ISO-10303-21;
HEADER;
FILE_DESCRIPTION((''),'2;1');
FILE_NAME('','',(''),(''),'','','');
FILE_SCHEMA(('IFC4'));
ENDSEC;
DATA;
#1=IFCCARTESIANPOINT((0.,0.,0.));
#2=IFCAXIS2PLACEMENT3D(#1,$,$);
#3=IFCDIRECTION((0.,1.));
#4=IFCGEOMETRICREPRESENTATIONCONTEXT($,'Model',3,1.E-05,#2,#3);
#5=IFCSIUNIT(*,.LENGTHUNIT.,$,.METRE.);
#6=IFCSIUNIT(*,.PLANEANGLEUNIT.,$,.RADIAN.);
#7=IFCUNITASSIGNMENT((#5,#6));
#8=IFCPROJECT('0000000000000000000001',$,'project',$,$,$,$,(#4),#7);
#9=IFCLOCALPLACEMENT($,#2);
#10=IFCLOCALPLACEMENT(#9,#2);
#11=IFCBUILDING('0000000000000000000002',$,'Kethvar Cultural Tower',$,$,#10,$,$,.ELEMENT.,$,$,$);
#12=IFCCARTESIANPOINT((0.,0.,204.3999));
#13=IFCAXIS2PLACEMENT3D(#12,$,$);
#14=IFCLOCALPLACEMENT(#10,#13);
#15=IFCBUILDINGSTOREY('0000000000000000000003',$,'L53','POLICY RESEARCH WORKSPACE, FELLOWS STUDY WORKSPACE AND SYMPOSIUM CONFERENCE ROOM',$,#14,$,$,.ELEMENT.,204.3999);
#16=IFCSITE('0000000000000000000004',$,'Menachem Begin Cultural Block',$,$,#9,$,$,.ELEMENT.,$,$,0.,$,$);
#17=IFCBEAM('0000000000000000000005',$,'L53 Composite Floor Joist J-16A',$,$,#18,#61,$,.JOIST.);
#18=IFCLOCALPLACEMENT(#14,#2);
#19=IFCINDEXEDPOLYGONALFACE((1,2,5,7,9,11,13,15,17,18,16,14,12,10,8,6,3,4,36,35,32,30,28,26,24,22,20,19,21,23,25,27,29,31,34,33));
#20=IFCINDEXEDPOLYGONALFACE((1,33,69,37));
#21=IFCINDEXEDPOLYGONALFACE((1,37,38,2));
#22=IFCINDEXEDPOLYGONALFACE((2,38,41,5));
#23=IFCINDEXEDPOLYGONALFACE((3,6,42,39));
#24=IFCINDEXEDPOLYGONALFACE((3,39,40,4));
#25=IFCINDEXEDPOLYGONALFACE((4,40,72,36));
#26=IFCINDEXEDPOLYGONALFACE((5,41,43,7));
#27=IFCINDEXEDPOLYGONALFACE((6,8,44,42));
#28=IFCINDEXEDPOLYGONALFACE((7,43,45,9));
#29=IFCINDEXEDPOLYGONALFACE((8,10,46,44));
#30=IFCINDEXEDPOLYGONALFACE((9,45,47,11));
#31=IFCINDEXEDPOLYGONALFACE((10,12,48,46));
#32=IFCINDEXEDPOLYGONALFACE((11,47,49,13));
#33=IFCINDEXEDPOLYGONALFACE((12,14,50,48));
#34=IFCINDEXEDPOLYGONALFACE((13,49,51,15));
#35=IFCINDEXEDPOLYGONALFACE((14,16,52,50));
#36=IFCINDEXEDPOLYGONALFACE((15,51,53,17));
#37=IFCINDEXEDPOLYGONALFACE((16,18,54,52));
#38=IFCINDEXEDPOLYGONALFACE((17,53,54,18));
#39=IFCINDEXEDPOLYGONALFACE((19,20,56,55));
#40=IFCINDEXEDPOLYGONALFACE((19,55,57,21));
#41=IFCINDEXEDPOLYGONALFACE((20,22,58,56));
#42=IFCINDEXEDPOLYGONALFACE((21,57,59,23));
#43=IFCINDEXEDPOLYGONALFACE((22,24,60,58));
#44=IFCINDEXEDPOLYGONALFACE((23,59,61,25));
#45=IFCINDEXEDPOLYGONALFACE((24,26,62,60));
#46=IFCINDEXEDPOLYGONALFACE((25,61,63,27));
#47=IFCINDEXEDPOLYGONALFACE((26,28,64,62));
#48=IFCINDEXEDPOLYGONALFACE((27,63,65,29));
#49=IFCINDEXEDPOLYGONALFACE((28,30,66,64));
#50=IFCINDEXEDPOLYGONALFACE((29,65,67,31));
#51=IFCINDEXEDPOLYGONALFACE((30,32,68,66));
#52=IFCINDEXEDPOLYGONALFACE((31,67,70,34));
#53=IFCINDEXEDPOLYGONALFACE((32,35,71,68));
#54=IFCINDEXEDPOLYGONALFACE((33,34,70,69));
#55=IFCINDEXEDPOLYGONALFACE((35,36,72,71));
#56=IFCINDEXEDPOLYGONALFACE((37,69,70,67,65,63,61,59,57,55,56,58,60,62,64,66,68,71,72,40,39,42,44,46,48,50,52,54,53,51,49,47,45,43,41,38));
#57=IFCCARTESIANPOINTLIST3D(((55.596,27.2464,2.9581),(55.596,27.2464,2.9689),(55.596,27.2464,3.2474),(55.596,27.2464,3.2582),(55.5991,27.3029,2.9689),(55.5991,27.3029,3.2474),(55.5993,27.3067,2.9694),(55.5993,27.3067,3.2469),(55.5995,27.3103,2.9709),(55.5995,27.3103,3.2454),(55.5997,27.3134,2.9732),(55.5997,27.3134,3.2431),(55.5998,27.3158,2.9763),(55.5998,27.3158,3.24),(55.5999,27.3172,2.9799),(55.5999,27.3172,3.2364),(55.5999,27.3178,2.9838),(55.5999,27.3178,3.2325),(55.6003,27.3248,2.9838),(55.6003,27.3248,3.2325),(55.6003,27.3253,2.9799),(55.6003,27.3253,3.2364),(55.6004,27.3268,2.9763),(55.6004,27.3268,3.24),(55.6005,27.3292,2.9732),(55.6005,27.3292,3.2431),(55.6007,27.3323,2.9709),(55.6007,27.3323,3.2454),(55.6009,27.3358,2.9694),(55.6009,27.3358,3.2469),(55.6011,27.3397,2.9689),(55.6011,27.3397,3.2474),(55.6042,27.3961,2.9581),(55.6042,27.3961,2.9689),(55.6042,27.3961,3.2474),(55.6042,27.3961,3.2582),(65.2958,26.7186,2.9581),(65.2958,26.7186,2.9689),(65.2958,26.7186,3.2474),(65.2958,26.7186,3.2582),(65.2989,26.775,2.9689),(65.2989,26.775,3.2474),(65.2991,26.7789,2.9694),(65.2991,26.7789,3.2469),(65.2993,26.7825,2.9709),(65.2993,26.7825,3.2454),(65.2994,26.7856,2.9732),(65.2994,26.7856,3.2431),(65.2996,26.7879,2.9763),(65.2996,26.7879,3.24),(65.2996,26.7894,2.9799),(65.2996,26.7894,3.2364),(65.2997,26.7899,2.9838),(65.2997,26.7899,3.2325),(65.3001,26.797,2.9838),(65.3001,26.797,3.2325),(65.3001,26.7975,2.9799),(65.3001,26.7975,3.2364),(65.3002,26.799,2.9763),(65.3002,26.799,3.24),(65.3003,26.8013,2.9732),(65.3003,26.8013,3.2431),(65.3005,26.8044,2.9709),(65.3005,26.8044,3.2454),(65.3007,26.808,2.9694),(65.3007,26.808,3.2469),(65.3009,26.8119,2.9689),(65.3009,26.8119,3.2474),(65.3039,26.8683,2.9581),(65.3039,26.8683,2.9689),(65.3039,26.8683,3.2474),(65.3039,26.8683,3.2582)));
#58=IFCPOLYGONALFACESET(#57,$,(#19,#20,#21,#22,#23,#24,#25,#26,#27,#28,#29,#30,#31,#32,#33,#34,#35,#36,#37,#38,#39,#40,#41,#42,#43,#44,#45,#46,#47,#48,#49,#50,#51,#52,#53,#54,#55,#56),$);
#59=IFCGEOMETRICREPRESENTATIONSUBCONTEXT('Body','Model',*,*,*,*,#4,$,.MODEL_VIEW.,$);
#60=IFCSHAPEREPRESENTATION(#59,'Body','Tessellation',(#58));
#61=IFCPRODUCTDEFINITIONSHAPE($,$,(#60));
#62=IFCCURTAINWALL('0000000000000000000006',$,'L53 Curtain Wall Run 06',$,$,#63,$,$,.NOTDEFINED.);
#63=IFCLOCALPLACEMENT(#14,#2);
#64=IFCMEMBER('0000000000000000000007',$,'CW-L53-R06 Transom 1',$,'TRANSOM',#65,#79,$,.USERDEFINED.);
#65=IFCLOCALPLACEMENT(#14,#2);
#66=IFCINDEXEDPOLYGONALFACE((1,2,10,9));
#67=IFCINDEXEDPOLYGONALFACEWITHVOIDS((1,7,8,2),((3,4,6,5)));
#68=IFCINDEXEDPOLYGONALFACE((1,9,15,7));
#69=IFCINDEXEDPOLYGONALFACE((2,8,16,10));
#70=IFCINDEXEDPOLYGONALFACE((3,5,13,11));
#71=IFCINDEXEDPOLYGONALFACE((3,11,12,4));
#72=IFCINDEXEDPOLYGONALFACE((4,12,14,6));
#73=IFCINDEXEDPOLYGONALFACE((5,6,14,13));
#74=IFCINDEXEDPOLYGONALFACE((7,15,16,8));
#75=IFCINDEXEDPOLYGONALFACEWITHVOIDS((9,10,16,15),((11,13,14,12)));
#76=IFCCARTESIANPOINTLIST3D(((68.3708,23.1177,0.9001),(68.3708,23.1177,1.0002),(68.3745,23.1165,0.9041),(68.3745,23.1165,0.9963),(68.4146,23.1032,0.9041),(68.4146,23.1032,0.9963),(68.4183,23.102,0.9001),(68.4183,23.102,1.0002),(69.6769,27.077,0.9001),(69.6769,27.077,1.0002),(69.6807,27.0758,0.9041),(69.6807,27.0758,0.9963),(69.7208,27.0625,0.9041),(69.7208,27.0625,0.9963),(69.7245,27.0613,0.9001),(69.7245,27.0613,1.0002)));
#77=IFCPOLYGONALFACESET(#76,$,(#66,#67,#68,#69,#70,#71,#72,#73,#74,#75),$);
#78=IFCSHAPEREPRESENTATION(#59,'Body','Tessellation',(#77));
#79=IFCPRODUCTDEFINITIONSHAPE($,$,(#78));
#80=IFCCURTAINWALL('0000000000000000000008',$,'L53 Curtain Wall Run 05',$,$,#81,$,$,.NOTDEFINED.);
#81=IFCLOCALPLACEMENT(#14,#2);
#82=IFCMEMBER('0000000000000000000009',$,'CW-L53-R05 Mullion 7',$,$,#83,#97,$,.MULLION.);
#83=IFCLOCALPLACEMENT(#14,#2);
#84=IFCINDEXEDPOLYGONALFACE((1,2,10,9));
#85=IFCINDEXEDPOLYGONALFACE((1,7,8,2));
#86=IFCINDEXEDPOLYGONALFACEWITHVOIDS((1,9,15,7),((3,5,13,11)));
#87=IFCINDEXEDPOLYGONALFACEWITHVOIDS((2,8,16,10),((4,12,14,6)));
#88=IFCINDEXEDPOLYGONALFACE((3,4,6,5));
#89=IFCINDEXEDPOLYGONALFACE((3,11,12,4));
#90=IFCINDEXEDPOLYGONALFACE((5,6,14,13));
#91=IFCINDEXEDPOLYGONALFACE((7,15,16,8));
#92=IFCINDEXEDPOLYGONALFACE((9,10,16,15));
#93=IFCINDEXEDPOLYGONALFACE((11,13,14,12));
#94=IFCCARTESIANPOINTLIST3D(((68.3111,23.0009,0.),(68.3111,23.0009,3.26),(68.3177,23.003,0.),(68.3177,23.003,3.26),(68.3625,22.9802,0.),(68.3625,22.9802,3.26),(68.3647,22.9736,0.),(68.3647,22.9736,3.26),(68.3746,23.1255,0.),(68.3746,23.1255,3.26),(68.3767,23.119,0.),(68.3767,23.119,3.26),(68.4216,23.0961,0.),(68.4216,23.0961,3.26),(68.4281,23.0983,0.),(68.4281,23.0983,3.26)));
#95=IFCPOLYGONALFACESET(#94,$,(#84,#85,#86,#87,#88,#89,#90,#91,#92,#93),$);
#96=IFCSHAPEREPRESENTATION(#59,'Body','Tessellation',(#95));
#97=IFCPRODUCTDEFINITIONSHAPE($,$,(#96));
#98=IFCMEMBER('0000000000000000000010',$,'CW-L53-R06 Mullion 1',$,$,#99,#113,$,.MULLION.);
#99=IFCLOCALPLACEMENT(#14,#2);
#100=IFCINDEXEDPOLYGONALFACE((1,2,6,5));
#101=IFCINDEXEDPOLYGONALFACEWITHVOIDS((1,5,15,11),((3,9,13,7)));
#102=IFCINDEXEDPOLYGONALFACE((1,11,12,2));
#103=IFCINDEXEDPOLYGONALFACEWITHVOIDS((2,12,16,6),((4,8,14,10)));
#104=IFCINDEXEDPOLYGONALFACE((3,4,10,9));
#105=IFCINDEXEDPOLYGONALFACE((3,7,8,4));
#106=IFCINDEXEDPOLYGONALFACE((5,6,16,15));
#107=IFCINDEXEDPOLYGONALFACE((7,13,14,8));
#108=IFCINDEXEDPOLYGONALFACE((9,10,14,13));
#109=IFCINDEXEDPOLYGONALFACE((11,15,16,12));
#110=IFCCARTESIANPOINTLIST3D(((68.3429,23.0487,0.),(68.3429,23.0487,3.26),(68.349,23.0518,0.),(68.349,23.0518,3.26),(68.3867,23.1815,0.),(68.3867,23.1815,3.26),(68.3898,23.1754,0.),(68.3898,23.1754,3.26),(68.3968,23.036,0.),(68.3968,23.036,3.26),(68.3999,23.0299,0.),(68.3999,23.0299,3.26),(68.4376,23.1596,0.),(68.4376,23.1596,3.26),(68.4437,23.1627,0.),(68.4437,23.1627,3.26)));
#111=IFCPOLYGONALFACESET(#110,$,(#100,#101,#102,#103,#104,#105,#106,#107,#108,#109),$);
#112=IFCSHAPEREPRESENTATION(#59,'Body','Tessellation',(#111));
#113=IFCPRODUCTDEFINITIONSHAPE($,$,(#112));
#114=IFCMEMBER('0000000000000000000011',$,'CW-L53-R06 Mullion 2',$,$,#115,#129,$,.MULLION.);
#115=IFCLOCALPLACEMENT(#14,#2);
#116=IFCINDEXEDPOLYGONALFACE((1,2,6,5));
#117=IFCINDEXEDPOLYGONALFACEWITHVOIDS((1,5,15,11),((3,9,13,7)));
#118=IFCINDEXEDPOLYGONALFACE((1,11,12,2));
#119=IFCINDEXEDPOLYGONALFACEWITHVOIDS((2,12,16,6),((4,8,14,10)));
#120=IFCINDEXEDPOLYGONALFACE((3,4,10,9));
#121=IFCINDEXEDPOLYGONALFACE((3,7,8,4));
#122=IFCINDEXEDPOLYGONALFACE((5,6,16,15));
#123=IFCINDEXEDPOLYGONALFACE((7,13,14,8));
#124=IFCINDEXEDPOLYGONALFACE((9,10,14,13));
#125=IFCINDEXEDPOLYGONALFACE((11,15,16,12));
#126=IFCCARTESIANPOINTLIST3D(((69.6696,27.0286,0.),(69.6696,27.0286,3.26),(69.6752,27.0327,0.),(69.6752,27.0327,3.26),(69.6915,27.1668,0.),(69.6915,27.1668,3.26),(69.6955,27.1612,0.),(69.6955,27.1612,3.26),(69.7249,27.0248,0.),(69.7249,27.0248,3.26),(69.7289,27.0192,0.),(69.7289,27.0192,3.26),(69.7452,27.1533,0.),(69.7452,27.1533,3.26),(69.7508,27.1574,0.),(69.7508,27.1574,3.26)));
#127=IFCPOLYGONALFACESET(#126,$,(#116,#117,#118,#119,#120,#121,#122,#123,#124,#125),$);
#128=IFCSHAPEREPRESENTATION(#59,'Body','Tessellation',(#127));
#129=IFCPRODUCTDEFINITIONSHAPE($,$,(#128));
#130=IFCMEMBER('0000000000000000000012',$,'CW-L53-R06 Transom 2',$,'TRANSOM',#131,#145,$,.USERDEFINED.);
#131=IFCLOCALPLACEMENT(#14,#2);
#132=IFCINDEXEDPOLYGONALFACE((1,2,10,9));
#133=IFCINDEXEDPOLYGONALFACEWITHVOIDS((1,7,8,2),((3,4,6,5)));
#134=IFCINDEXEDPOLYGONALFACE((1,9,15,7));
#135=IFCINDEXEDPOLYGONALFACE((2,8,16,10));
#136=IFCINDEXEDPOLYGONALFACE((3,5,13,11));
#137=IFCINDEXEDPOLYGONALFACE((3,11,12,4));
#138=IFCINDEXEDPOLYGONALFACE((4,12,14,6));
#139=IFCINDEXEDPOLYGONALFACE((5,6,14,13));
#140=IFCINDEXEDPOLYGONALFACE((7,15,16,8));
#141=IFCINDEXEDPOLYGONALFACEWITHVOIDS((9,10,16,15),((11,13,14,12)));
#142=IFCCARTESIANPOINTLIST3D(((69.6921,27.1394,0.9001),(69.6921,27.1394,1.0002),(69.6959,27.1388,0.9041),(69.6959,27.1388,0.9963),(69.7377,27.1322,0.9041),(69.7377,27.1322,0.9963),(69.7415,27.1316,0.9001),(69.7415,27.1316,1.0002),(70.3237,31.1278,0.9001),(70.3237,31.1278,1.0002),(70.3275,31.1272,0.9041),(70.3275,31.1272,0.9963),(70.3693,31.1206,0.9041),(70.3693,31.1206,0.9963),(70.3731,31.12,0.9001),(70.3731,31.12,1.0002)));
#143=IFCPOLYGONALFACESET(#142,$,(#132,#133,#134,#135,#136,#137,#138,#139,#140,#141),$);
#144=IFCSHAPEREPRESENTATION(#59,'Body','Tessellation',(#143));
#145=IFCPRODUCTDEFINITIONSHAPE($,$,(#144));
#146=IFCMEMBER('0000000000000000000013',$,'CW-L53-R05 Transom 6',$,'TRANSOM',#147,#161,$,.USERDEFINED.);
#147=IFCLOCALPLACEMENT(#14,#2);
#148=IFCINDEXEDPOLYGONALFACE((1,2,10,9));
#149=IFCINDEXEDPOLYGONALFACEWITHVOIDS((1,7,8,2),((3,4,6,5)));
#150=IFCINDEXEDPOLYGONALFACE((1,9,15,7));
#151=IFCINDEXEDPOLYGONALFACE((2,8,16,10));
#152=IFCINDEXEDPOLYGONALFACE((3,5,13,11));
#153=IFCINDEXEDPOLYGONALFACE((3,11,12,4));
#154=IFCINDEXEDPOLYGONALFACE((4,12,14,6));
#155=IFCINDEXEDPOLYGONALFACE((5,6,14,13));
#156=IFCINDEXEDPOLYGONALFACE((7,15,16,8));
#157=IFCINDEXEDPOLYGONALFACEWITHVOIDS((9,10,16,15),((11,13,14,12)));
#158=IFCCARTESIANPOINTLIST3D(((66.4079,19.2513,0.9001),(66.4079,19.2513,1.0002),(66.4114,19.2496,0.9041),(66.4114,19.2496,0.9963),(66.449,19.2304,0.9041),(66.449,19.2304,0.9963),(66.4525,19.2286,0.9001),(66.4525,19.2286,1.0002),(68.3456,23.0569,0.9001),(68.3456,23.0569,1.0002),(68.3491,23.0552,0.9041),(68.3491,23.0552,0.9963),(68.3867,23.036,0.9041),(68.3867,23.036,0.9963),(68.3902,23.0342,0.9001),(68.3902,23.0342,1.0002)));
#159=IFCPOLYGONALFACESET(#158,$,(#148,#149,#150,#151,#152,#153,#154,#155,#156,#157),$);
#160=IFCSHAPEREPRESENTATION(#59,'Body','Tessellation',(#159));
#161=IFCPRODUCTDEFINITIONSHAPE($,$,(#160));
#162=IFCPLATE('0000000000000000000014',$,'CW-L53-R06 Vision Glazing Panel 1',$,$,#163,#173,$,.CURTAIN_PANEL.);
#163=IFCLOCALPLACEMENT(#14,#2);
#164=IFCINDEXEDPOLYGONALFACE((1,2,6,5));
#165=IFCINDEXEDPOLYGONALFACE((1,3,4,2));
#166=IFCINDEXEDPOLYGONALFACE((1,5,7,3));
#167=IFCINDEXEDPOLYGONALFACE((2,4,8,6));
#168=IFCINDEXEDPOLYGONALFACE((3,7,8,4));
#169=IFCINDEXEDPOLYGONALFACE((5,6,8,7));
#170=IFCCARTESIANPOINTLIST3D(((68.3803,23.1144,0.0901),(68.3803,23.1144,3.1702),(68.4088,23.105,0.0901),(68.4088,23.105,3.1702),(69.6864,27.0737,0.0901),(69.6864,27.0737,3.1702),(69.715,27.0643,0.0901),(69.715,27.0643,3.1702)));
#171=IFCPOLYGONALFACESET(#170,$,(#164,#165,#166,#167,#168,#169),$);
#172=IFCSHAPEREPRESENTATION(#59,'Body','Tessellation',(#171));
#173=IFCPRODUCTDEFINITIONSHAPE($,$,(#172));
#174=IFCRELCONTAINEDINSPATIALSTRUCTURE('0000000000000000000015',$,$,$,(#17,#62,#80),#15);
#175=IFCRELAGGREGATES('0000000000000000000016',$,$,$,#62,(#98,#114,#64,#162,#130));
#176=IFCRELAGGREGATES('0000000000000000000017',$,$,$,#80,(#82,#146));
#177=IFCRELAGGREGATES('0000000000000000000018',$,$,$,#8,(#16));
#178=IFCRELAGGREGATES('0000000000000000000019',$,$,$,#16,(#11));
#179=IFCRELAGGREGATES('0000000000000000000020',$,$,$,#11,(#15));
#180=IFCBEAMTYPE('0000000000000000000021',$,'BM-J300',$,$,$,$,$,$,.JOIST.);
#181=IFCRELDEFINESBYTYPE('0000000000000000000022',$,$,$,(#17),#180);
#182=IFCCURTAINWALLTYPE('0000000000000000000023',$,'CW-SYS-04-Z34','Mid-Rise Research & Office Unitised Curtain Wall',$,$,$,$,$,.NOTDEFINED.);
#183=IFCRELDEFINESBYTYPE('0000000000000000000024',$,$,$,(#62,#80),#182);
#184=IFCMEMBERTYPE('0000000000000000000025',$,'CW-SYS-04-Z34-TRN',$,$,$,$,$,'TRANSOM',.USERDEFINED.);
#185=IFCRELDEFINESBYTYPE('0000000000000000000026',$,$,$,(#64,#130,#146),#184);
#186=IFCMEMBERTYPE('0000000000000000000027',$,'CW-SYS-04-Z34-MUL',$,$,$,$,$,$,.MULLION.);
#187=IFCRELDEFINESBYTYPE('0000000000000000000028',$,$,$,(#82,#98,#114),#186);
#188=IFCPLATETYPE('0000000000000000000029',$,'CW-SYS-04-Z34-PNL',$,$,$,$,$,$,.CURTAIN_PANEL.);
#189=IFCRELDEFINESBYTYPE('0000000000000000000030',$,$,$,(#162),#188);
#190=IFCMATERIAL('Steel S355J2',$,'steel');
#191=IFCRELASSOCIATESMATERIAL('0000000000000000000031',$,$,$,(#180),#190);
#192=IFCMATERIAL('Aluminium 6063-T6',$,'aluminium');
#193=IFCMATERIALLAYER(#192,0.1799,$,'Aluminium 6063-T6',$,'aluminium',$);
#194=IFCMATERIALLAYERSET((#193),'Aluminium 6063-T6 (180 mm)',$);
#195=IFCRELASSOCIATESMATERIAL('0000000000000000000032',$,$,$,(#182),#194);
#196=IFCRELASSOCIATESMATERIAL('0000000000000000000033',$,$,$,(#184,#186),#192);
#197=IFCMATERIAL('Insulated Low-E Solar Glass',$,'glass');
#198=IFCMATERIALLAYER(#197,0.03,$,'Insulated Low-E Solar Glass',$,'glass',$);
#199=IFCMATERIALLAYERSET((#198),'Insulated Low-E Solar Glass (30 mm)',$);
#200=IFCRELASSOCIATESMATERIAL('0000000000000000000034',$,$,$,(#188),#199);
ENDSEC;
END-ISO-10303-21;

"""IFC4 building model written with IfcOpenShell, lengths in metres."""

from ifc_helpers import new_model, si_unit, direction, frame, origin, origin_2d, place, context, subcontext, project, spatial, rectangle, hollow_rectangle, i_section, extrude, source, transform, mapped, material, layer, layer_set, material_profile, profile_set, type_object, element, aggregate, save


model = new_model("IFC4")

# Units and contexts
model_context = context("Model", 3, precision=1e-05, world=origin(), true_north=direction((0.0, 1.0)))
body_context = subcontext(model_context, "Body", "Model", "MODEL_VIEW")
ifc_project = project(units=[si_unit("LENGTHUNIT", "METRE"), si_unit("PLANEANGLEUNIT", "RADIAN")], contexts=[model_context])

# Site, building, storey
site_placement = place(None, origin())
site = spatial("IfcSite", under=ifc_project, at=site_placement, Name="Menachem Begin Cultural Block", CompositionType="ELEMENT", RefElevation=0.0)
building_placement = place(site_placement, origin())
building = spatial("IfcBuilding", under=site, at=building_placement, Name="Kethvar Cultural Tower", CompositionType="ELEMENT")
storey_placement = place(building_placement, frame((0.0, 0.0, 204.3999)))
storey = spatial("IfcBuildingStorey", under=building, at=storey_placement, Name="L53", Description="POLICY RESEARCH WORKSPACE, FELLOWS STUDY WORKSPACE AND SYMPOSIUM CONFERENCE ROOM", CompositionType="ELEMENT", Elevation=204.3999)

# Beam
ifc_material_1 = material(Name="Steel S355J2", Category="steel")
ifc_material_profile_1 = material_profile(ifc_material_1, i_section(OverallWidth=0.1499, OverallDepth=0.3, WebThickness=0.0071, FlangeThickness=0.0107, FilletRadius=0.0149, at=origin_2d()), Name="Steel S355J2 — IPE300")
ifc_profile_set_1 = profile_set([ifc_material_profile_1], Name="Steel S355J2 — IPE300")
beam_type_1 = type_object("IfcBeamType", Name="BM-J300", PredefinedType="JOIST", material=ifc_profile_set_1)
shared_shape_1 = source(origin(), body_context, "Body", "SweptSolid", [
    extrude(i_section(OverallWidth=0.1499, OverallDepth=0.3, WebThickness=0.0071, FlangeThickness=0.0107, FilletRadius=0.0149, at=origin_2d()), origin(), (0.0, 0.0, 1.0), 9.7141),
])
beam_1_placement = place(storey_placement, frame((55.6001, 27.3213, 3.1082), z_axis=(0.998523, -0.054337, 0.0), x_axis=(0.054337, 0.998523, 0.0)))
element("IfcBeam", 1, at=beam_1_placement, inside=storey, type_object=beam_type_1, Name="L53 Composite Floor Joist J-16A", PredefinedType="JOIST", context=body_context, shape_type="MappedRepresentation", body=[
    mapped(shared_shape_1, transform((0.0, 0.0, 0.0), scale=1.0)),
])

# Curtain walls, members
ifc_material_2 = material(Name="Aluminium 6063-T6", Category="aluminium")
ifc_layer_1 = layer(ifc_material_2, 0.1799, Name="Aluminium 6063-T6", Category="aluminium")
ifc_layer_set_1 = layer_set([ifc_layer_1], Name="Aluminium 6063-T6 (180 mm)")
curtain_wall_type = type_object("IfcCurtainWallType", Name="CW-SYS-04-Z34", Description="Mid-Rise Research & Office Unitised Curtain Wall", PredefinedType="NOTDEFINED", material=ifc_layer_set_1)
curtain_wall_1_placement = place(storey_placement, origin())
curtain_wall_1 = element("IfcCurtainWall", 2, at=curtain_wall_1_placement, inside=storey, type_object=curtain_wall_type, Name="L53 Curtain Wall Run 06", PredefinedType="NOTDEFINED")
ifc_material_profile_2 = material_profile(ifc_material_2, hollow_rectangle(XDim=0.05, YDim=0.1001, WallThickness=0.0039, at=origin_2d()), Name="Aluminium 6063-T6 — RHS100x50x4")
ifc_profile_set_2 = profile_set([ifc_material_profile_2], Name="Aluminium 6063-T6 — RHS100x50x4")
member_type_1 = type_object("IfcMemberType", Name="CW-SYS-04-Z34-TRN", ElementType="TRANSOM", PredefinedType="USERDEFINED", material=ifc_profile_set_2)
shared_shape_2 = source(origin(), body_context, "Body", "SweptSolid", [
    extrude(hollow_rectangle(XDim=0.05, YDim=0.1001, WallThickness=0.0039, at=origin_2d()), origin(), (0.0, 0.0, 1.0), 4.1692),
])
member_1_placement = place(storey_placement, frame((68.3945, 23.1099, 0.9502), z_axis=(0.313292, 0.949657, 0.0), x_axis=(-0.949657, 0.313292, 0.0)))
member_1 = element("IfcMember", 3, at=member_1_placement, type_object=member_type_1, Name="CW-L53-R06 Transom 1", ObjectType="TRANSOM", PredefinedType="USERDEFINED", context=body_context, shape_type="MappedRepresentation", body=[
    mapped(shared_shape_2, transform((0.0, 0.0, 0.0), scale=1.0)),
])
curtain_wall_2_placement = place(storey_placement, origin())
curtain_wall_2 = element("IfcCurtainWall", 4, at=curtain_wall_2_placement, inside=storey, type_object=curtain_wall_type, Name="L53 Curtain Wall Run 05", PredefinedType="NOTDEFINED")
ifc_material_profile_3 = material_profile(ifc_material_2, hollow_rectangle(XDim=0.0601, YDim=0.1399, WallThickness=0.0049, at=origin_2d()), Name="Aluminium 6063-T6 — RHS140x60x5")
ifc_profile_set_3 = profile_set([ifc_material_profile_3], Name="Aluminium 6063-T6 — RHS140x60x5")
member_type_2 = type_object("IfcMemberType", Name="CW-SYS-04-Z34-MUL", PredefinedType="MULLION", material=ifc_profile_set_3)
shared_shape_3 = source(origin(), body_context, "Body", "SweptSolid", [
    extrude(hollow_rectangle(XDim=0.0601, YDim=0.1399, WallThickness=0.0049, at=origin_2d()), origin(), (0.0, 0.0, 1.0), 3.26),
])
member_2_placement = place(storey_placement, frame((68.3696, 23.0496, 0.0), z_axis=(0.0, 0.0, 1.0), x_axis=(-0.891141, 0.453726, 0.0)))
member_2 = element("IfcMember", 5, at=member_2_placement, type_object=member_type_2, Name="CW-L53-R05 Mullion 7", PredefinedType="MULLION", context=body_context, shape_type="MappedRepresentation", body=[
    mapped(shared_shape_3, transform((0.0, 0.0, 0.0), scale=1.0)),
])

# Members
member_3_placement = place(storey_placement, frame((68.3933, 23.1057, 0.0), z_axis=(0.0, 0.0, 1.0), x_axis=(-0.949655, 0.313296, 0.0)))
member_3 = element("IfcMember", 6, at=member_3_placement, type_object=member_type_2, Name="CW-L53-R06 Mullion 1", PredefinedType="MULLION", context=body_context, shape_type="MappedRepresentation", body=[
    mapped(shared_shape_3, transform((0.0, 0.0, 0.0), scale=1.0)),
])
member_4_placement = place(storey_placement, frame((69.7102, 27.093, 0.0), z_axis=(0.0, 0.0, 1.0), x_axis=(-0.987694, 0.1564, 0.0)))
member_4 = element("IfcMember", 7, at=member_4_placement, type_object=member_type_2, Name="CW-L53-R06 Mullion 2", PredefinedType="MULLION", context=body_context, shape_type="MappedRepresentation", body=[
    mapped(shared_shape_3, transform((0.0, 0.0, 0.0), scale=1.0)),
])
shared_shape_4 = source(origin(), body_context, "Body", "SweptSolid", [
    extrude(hollow_rectangle(XDim=0.05, YDim=0.1001, WallThickness=0.0039, at=origin_2d()), origin(), (0.0, 0.0, 1.0), 4.0381),
])
member_5_placement = place(storey_placement, frame((69.7168, 27.1355, 0.9502), z_axis=(0.156413, 0.987692, 0.0), x_axis=(-0.987692, 0.156413, 0.0)))
member_5 = element("IfcMember", 8, at=member_5_placement, type_object=member_type_1, Name="CW-L53-R06 Transom 2", ObjectType="TRANSOM", PredefinedType="USERDEFINED", context=body_context, shape_type="MappedRepresentation", body=[
    mapped(shared_shape_4, transform((0.0, 0.0, 0.0), scale=1.0)),
])
shared_shape_5 = source(origin(), body_context, "Body", "SweptSolid", [
    extrude(hollow_rectangle(XDim=0.05, YDim=0.1001, WallThickness=0.0039, at=origin_2d()), origin(), (0.0, 0.0, 1.0), 4.2705),
])
member_6_placement = place(storey_placement, frame((66.4302, 19.24, 0.9502), z_axis=(0.453742, 0.891133, 0.0), x_axis=(-0.891133, 0.453742, 0.0)))
member_6 = element("IfcMember", 9, at=member_6_placement, type_object=member_type_1, Name="CW-L53-R05 Transom 6", ObjectType="TRANSOM", PredefinedType="USERDEFINED", context=body_context, shape_type="MappedRepresentation", body=[
    mapped(shared_shape_5, transform((0.0, 0.0, 0.0), scale=1.0)),
])

# Plate
ifc_material_3 = material(Name="Insulated Low-E Solar Glass", Category="glass")
ifc_layer_2 = layer(ifc_material_3, 0.03, Name="Insulated Low-E Solar Glass", Category="glass")
ifc_layer_set_2 = layer_set([ifc_layer_2], Name="Insulated Low-E Solar Glass (30 mm)")
plate_type = type_object("IfcPlateType", Name="CW-SYS-04-Z34-PNL", PredefinedType="CURTAIN_PANEL", material=ifc_layer_set_2)
shared_shape_6 = source(origin(), body_context, "Body", "SweptSolid", [
    extrude(rectangle(XDim=4.1692, YDim=0.03, at=origin_2d()), origin(), (0.0, 0.0, 1.0), 3.0801),
])
plate_1_placement = place(storey_placement, frame((69.0476, 25.0894, 0.0901), z_axis=(0.0, 0.0, 1.0), x_axis=(0.313296, 0.949655, 0.0)))
plate_1 = element("IfcPlate", 10, at=plate_1_placement, type_object=plate_type, Name="CW-L53-R06 Vision Glazing Panel 1", PredefinedType="CURTAIN_PANEL", context=body_context, shape_type="MappedRepresentation", body=[
    mapped(shared_shape_6, transform((0.0, 0.0, 0.0), scale=1.0)),
])
aggregate(curtain_wall_1, [member_3, member_4, member_1, plate_1, member_5])
aggregate(curtain_wall_2, [member_2, member_6])

save(model, "model.ifc")
